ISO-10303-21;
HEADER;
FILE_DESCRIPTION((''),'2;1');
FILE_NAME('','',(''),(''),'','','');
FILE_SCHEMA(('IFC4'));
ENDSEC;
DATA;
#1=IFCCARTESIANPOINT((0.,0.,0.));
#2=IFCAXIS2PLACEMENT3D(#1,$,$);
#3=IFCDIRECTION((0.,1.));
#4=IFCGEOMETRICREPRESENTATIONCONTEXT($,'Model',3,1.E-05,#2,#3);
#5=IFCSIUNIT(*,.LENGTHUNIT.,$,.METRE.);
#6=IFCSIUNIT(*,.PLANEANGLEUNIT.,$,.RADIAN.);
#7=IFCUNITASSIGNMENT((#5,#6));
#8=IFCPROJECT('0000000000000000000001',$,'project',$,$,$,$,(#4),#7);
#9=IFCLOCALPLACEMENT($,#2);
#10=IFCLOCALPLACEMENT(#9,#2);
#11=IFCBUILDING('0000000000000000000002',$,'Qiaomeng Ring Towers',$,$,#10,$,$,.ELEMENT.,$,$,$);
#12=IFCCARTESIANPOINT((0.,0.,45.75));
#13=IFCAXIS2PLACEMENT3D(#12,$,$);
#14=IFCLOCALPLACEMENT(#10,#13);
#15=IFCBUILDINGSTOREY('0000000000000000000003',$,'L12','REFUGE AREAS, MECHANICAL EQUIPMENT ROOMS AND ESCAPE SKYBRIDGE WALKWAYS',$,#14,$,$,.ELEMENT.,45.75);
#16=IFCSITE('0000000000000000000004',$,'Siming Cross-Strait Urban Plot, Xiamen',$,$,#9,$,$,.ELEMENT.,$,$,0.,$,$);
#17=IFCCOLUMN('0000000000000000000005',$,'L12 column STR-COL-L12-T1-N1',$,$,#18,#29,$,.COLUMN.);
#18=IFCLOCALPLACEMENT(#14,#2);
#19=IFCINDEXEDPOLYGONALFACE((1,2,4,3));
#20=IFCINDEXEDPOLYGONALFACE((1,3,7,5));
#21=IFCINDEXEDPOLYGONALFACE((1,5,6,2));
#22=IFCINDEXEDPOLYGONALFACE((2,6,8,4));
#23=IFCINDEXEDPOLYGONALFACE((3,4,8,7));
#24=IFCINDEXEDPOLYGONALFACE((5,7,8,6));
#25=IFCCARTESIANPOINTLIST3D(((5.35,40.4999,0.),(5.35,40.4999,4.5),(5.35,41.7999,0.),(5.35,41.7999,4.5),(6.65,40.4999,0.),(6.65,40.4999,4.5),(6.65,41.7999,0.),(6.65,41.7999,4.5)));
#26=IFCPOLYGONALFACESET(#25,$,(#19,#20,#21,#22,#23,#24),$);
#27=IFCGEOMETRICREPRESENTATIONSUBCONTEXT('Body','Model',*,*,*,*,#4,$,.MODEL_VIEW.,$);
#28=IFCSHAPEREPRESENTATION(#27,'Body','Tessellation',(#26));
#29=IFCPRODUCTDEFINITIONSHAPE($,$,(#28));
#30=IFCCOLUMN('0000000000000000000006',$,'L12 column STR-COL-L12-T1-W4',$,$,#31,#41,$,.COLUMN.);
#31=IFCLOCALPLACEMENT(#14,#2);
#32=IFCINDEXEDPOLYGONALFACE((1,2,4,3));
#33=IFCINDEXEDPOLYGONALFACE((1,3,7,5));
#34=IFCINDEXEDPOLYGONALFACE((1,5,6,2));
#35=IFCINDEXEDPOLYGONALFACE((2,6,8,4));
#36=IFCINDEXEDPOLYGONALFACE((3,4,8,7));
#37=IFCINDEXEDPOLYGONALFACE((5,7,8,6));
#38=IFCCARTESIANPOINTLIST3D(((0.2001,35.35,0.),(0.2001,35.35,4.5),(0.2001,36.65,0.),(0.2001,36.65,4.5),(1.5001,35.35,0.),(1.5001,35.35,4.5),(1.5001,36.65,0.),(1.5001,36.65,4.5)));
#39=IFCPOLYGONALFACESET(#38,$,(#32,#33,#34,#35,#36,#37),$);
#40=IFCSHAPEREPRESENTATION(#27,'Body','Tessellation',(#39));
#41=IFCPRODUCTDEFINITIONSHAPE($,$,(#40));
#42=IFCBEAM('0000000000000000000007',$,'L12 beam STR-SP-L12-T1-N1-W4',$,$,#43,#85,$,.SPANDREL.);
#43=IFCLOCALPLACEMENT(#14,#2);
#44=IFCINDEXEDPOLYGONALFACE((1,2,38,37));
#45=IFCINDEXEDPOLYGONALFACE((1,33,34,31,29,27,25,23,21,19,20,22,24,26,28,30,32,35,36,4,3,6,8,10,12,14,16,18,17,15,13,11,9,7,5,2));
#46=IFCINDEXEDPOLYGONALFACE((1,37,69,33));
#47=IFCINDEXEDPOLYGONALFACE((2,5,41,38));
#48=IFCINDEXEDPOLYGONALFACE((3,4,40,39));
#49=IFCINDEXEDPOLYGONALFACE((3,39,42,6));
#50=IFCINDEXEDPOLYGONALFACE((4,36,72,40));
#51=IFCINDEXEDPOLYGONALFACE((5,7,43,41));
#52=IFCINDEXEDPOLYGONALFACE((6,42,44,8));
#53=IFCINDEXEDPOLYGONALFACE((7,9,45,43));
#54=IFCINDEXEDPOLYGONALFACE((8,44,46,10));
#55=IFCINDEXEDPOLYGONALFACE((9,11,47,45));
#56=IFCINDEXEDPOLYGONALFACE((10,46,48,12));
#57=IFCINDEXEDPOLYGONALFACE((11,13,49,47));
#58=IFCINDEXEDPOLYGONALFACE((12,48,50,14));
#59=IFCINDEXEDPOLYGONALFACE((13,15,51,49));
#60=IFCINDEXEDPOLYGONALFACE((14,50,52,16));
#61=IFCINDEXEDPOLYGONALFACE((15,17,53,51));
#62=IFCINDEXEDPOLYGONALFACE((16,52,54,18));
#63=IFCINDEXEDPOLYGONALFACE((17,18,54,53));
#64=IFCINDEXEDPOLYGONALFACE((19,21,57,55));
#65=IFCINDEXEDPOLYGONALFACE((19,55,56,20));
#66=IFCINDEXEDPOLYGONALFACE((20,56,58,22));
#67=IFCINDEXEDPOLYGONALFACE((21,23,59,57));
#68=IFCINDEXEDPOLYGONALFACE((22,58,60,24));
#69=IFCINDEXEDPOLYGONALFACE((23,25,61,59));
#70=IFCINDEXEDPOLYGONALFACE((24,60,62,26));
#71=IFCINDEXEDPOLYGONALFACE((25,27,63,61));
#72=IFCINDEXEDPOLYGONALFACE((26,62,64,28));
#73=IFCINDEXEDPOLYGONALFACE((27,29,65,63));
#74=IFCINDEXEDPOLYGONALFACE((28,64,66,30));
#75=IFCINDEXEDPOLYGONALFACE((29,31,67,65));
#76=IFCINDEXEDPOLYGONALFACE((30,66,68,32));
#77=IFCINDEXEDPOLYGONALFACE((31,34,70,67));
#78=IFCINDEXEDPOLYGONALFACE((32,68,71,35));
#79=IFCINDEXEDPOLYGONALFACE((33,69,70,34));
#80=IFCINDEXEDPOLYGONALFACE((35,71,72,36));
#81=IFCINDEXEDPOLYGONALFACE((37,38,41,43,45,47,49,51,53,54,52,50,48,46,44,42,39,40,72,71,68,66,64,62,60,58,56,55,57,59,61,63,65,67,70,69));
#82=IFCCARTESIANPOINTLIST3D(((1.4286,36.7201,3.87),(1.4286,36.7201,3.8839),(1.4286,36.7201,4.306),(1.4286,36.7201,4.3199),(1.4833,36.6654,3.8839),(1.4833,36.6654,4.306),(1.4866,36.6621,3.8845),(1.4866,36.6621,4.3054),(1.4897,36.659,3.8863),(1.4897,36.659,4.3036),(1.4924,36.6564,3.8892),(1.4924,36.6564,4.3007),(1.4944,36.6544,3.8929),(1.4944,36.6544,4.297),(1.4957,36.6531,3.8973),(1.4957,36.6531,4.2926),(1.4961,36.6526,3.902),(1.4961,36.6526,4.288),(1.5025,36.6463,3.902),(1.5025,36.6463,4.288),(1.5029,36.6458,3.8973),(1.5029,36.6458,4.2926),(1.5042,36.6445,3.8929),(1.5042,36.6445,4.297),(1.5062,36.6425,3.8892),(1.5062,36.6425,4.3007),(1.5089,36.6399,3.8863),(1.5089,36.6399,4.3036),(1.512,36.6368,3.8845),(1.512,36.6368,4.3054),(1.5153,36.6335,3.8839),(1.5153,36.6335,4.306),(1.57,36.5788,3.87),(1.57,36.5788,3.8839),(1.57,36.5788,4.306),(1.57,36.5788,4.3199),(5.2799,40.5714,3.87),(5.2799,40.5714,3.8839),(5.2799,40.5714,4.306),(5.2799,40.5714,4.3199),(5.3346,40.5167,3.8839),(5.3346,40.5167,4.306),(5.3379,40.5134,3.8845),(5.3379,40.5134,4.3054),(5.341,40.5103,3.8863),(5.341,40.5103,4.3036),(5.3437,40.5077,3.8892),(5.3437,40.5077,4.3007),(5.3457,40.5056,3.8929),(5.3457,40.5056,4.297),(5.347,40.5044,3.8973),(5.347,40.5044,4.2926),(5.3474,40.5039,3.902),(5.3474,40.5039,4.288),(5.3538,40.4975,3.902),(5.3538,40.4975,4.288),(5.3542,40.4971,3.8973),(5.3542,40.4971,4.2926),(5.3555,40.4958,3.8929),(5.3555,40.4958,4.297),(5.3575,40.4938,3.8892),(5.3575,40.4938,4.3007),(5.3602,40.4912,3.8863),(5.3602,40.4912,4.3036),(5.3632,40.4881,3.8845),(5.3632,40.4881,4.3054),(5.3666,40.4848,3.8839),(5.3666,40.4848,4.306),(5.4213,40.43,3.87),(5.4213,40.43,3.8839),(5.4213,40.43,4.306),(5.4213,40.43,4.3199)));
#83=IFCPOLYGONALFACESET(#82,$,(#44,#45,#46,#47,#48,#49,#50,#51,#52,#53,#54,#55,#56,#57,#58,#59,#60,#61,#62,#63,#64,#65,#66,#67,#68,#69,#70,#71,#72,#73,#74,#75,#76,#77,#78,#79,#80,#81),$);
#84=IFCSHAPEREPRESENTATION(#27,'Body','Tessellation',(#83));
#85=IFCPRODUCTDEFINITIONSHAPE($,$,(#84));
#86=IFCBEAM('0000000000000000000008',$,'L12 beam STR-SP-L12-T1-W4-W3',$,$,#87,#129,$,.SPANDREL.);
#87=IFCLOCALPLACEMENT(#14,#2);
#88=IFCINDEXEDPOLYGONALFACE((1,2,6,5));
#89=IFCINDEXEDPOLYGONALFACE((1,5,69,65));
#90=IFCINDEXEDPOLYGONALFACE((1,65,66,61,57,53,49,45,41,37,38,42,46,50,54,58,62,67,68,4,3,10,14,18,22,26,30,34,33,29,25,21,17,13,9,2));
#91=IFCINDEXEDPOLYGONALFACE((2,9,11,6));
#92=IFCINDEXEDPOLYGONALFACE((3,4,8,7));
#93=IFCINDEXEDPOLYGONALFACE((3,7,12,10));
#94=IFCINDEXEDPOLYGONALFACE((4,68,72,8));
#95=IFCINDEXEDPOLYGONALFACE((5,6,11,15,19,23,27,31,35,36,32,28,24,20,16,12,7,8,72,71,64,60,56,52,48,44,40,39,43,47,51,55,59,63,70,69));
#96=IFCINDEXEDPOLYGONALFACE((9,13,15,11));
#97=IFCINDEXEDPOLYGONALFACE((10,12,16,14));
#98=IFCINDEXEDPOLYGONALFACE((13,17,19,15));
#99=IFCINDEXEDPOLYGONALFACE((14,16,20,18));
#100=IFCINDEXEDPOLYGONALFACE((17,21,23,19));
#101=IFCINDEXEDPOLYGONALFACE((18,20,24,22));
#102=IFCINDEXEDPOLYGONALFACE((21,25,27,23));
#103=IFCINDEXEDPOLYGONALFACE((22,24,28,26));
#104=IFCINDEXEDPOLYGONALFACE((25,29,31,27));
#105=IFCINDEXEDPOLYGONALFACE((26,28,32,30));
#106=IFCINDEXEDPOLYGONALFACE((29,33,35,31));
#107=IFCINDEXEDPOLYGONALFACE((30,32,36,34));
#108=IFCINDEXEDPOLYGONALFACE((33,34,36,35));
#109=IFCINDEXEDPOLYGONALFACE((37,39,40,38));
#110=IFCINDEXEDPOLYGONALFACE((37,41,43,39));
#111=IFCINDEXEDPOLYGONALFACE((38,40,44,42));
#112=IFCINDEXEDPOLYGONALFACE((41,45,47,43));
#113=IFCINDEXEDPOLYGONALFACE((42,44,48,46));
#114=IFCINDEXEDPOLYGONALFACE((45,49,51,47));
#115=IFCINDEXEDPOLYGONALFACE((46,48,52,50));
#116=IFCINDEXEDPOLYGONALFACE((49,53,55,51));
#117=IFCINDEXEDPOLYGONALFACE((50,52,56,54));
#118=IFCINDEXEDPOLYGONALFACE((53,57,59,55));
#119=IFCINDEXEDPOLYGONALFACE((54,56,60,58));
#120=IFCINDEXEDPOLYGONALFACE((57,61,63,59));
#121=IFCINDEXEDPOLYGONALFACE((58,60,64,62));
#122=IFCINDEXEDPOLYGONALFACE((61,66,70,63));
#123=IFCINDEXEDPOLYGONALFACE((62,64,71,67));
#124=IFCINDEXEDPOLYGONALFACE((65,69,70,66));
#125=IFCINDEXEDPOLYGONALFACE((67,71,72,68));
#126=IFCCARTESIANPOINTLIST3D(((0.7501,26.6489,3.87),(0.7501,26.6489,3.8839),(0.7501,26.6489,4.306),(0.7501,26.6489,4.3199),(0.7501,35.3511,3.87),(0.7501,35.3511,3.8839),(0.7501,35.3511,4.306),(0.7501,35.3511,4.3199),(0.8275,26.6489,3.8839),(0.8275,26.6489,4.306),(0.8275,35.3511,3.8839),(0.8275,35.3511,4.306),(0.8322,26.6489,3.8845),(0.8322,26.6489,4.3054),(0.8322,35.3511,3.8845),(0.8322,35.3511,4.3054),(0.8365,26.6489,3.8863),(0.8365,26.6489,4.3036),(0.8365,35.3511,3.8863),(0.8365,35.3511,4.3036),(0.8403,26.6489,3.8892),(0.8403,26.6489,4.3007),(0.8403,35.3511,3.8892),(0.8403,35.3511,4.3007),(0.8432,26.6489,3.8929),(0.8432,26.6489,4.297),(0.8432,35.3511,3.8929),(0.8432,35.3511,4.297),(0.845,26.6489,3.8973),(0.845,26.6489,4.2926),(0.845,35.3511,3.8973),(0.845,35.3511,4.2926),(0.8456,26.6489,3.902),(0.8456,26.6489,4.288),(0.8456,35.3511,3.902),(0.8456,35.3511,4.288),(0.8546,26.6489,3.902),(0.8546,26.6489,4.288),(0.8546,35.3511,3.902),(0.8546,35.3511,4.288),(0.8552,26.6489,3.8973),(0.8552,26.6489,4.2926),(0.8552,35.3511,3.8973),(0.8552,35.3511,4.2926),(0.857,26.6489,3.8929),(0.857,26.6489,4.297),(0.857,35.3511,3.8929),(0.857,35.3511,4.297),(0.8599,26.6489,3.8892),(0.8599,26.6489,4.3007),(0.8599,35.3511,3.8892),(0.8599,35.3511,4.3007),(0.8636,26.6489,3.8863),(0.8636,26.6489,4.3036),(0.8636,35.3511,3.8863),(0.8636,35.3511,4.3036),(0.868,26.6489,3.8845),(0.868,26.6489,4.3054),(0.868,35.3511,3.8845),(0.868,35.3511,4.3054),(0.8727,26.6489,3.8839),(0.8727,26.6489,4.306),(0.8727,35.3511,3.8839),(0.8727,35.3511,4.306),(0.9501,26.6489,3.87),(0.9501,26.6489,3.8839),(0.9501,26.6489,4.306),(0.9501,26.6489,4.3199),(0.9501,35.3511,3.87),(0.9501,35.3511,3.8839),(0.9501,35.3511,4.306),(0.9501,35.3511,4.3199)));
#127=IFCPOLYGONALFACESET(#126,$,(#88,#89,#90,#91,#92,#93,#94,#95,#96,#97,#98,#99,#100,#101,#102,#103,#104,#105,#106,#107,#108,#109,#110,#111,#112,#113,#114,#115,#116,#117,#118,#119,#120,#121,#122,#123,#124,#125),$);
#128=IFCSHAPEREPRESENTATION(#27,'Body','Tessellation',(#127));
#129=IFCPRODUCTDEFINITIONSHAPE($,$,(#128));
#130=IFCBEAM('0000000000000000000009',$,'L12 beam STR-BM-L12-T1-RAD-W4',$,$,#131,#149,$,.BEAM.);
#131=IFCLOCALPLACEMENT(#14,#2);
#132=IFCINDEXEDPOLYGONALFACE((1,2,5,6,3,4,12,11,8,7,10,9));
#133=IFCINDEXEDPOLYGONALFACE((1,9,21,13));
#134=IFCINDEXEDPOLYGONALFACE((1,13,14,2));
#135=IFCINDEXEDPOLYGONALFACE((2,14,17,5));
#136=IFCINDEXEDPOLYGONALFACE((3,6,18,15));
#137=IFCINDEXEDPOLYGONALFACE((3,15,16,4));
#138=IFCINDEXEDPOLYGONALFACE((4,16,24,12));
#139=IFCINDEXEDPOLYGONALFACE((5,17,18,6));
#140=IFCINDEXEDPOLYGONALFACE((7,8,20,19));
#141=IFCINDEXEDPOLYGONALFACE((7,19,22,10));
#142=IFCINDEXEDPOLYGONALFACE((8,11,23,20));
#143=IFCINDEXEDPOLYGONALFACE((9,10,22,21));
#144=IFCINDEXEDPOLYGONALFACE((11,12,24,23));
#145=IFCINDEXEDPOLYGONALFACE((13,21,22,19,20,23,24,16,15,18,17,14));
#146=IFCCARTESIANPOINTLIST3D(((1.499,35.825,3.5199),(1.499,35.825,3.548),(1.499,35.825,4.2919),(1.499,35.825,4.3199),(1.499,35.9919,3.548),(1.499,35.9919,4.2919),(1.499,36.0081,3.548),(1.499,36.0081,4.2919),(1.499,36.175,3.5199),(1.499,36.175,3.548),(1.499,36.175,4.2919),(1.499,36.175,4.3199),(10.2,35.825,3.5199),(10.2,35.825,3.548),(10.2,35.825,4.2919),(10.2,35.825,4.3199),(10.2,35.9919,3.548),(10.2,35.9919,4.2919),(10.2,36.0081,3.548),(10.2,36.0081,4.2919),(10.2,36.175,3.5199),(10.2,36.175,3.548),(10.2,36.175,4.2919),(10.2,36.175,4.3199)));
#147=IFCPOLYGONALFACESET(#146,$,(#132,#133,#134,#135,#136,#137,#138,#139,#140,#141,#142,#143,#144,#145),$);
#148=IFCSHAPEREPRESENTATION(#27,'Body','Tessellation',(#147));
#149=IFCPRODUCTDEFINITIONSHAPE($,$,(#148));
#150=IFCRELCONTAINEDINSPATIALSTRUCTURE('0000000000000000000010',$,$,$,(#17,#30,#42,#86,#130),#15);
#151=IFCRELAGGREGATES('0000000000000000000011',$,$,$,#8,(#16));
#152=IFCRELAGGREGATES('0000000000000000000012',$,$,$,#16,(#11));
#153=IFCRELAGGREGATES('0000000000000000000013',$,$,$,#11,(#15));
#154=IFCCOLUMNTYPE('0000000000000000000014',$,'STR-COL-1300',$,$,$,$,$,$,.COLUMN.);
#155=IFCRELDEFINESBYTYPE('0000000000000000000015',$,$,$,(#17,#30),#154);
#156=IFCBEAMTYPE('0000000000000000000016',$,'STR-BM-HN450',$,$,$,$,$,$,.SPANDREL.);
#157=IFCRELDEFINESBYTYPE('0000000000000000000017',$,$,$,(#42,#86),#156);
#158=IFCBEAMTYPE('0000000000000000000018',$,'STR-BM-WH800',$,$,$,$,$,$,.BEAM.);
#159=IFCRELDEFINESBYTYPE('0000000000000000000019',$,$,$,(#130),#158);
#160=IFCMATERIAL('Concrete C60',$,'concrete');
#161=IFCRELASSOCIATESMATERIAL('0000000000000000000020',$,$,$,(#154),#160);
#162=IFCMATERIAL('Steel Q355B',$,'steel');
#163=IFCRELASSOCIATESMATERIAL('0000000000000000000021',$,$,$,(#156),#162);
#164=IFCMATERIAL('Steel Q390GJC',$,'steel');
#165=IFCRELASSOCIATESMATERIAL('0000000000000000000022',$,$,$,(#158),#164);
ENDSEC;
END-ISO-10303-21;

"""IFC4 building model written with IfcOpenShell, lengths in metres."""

from ifc_helpers import new_model, si_unit, direction, frame, origin, origin_2d, place, context, subcontext, project, spatial, rectangle, i_section, extrude, source, transform, mapped, material, material_profile, profile_set, type_object, element, save


model = new_model("IFC4")

# Units and contexts
model_context = context("Model", 3, precision=1e-05, world=origin(), true_north=direction((0.0, 1.0)))
body_context = subcontext(model_context, "Body", "Model", "MODEL_VIEW")
ifc_project = project(units=[si_unit("LENGTHUNIT", "METRE"), si_unit("PLANEANGLEUNIT", "RADIAN")], contexts=[model_context])

# Site, building, storey
site_placement = place(None, origin())
site = spatial("IfcSite", under=ifc_project, at=site_placement, Name="Siming Cross-Strait Urban Plot, Xiamen", CompositionType="ELEMENT", RefElevation=0.0)
building_placement = place(site_placement, origin())
building = spatial("IfcBuilding", under=site, at=building_placement, Name="Qiaomeng Ring Towers", CompositionType="ELEMENT")
storey_placement = place(building_placement, frame((0.0, 0.0, 45.75)))
storey = spatial("IfcBuildingStorey", under=building, at=storey_placement, Name="L12", Description="REFUGE AREAS, MECHANICAL EQUIPMENT ROOMS AND ESCAPE SKYBRIDGE WALKWAYS", CompositionType="ELEMENT", Elevation=45.75)

# Columns
ifc_material_1 = material(Name="Concrete C60", Category="concrete")
ifc_material_profile_1 = material_profile(ifc_material_1, rectangle(XDim=1.3, YDim=1.3, at=origin_2d()), Name="RC COL 1300x1300")
ifc_profile_set_1 = profile_set([ifc_material_profile_1], Name="Concrete C60")
column_type = type_object("IfcColumnType", Name="STR-COL-1300", PredefinedType="COLUMN", material=ifc_profile_set_1)
shared_shape_1 = source(origin(), body_context, "Body", "SweptSolid", [
    extrude(rectangle(XDim=1.3, YDim=1.3, at=origin_2d()), origin(), (0.0, 0.0, 1.0), 4.5),
])
for number, where, z_axis, x_axis, name in (
    (1, (6.0, 41.1499, 0.0), (0.0, 0.0, 1.0), (1.0, 0.0, 0.0), "L12 column STR-COL-L12-T1-N1"),
    (2, (0.8501, 36.0, 0.0), (0.0, 0.0, 1.0), (1.0, 0.0, 0.0), "L12 column STR-COL-L12-T1-W4"),
):
    element("IfcColumn", number, at=place(storey_placement, frame(where, z_axis=z_axis, x_axis=x_axis)), inside=storey, type_object=column_type, Name=name, PredefinedType="COLUMN", context=body_context, shape_type="MappedRepresentation", body=[
        mapped(shared_shape_1, transform((0.0, 0.0, 0.0), x_axis=(1.0, 0.0, 0.0), y_axis=(0.0, 1.0, 0.0), z_axis=(0.0, 0.0, 1.0), scale=1.0)),
    ])

# Beams
ifc_material_2 = material(Name="Steel Q355B", Category="steel")
ifc_material_profile_2 = material_profile(ifc_material_2, i_section(OverallWidth=0.2, OverallDepth=0.45, WebThickness=0.009, FlangeThickness=0.0139, FilletRadius=0.0181, at=origin_2d()), Name="HN 450x200x9x14")
ifc_profile_set_2 = profile_set([ifc_material_profile_2], Name="Steel Q355B")
beam_type_1 = type_object("IfcBeamType", Name="STR-BM-HN450", PredefinedType="SPANDREL", material=ifc_profile_set_2)
shared_shape_2 = source(origin(), body_context, "Body", "SweptSolid", [
    extrude(i_section(OverallWidth=0.2, OverallDepth=0.45, WebThickness=0.009, FlangeThickness=0.0139, FilletRadius=0.0181, at=origin_2d()), origin(), (0.0, 0.0, 1.0), 5.4465),
])
beam_1_placement = place(storey_placement, frame((5.3506, 40.5007, 4.095), z_axis=(-0.707107, -0.707107, 0.0), x_axis=(0.707107, -0.707107, 0.0)))
element("IfcBeam", 3, at=beam_1_placement, inside=storey, type_object=beam_type_1, Name="L12 beam STR-SP-L12-T1-N1-W4", PredefinedType="SPANDREL", context=body_context, shape_type="MappedRepresentation", body=[
    mapped(shared_shape_2, transform((0.0, 0.0, 0.0), x_axis=(1.0, 0.0, 0.0), y_axis=(0.0, 1.0, 0.0), z_axis=(0.0, 0.0, 1.0), scale=1.0)),
])
shared_shape_3 = source(origin(), body_context, "Body", "SweptSolid", [
    extrude(i_section(OverallWidth=0.2, OverallDepth=0.45, WebThickness=0.009, FlangeThickness=0.0139, FilletRadius=0.0181, at=origin_2d()), origin(), (0.0, 0.0, 1.0), 8.7021),
])
beam_2_placement = place(storey_placement, frame((0.8501, 35.3511, 4.095), z_axis=(0.0, -1.0, 0.0), x_axis=(1.0, 0.0, 0.0)))
element("IfcBeam", 4, at=beam_2_placement, inside=storey, type_object=beam_type_1, Name="L12 beam STR-SP-L12-T1-W4-W3", PredefinedType="SPANDREL", context=body_context, shape_type="MappedRepresentation", body=[
    mapped(shared_shape_3, transform((0.0, 0.0, 0.0), x_axis=(1.0, 0.0, 0.0), y_axis=(0.0, 1.0, 0.0), z_axis=(0.0, 0.0, 1.0), scale=1.0)),
])
ifc_material_3 = material(Name="Steel Q390GJC", Category="steel")
ifc_material_profile_3 = material_profile(ifc_material_3, i_section(OverallWidth=0.3501, OverallDepth=0.8, WebThickness=0.0161, FlangeThickness=0.0281, at=origin_2d()), Name="WH 800x350x16x28")
ifc_profile_set_3 = profile_set([ifc_material_profile_3], Name="Steel Q390GJC")
beam_type_2 = type_object("IfcBeamType", Name="STR-BM-WH800", PredefinedType="BEAM", material=ifc_profile_set_3)
shared_shape_4 = source(origin(), body_context, "Body", "SweptSolid", [
    extrude(i_section(OverallWidth=0.3501, OverallDepth=0.8, WebThickness=0.0161, FlangeThickness=0.0281, at=origin_2d()), origin(), (0.0, 0.0, 1.0), 8.7009),
])
beam_3_placement = place(storey_placement, frame((1.499, 36.0, 3.9199), z_axis=(1.0, 0.0, 0.0), x_axis=(0.0, 1.0, 0.0)))
element("IfcBeam", 5, at=beam_3_placement, inside=storey, type_object=beam_type_2, Name="L12 beam STR-BM-L12-T1-RAD-W4", PredefinedType="BEAM", context=body_context, shape_type="MappedRepresentation", body=[
    mapped(shared_shape_4, transform((0.0, 0.0, 0.0), x_axis=(1.0, 0.0, 0.0), y_axis=(0.0, 1.0, 0.0), z_axis=(0.0, 0.0, 1.0), scale=1.0)),
])

save(model, "model.ifc")
